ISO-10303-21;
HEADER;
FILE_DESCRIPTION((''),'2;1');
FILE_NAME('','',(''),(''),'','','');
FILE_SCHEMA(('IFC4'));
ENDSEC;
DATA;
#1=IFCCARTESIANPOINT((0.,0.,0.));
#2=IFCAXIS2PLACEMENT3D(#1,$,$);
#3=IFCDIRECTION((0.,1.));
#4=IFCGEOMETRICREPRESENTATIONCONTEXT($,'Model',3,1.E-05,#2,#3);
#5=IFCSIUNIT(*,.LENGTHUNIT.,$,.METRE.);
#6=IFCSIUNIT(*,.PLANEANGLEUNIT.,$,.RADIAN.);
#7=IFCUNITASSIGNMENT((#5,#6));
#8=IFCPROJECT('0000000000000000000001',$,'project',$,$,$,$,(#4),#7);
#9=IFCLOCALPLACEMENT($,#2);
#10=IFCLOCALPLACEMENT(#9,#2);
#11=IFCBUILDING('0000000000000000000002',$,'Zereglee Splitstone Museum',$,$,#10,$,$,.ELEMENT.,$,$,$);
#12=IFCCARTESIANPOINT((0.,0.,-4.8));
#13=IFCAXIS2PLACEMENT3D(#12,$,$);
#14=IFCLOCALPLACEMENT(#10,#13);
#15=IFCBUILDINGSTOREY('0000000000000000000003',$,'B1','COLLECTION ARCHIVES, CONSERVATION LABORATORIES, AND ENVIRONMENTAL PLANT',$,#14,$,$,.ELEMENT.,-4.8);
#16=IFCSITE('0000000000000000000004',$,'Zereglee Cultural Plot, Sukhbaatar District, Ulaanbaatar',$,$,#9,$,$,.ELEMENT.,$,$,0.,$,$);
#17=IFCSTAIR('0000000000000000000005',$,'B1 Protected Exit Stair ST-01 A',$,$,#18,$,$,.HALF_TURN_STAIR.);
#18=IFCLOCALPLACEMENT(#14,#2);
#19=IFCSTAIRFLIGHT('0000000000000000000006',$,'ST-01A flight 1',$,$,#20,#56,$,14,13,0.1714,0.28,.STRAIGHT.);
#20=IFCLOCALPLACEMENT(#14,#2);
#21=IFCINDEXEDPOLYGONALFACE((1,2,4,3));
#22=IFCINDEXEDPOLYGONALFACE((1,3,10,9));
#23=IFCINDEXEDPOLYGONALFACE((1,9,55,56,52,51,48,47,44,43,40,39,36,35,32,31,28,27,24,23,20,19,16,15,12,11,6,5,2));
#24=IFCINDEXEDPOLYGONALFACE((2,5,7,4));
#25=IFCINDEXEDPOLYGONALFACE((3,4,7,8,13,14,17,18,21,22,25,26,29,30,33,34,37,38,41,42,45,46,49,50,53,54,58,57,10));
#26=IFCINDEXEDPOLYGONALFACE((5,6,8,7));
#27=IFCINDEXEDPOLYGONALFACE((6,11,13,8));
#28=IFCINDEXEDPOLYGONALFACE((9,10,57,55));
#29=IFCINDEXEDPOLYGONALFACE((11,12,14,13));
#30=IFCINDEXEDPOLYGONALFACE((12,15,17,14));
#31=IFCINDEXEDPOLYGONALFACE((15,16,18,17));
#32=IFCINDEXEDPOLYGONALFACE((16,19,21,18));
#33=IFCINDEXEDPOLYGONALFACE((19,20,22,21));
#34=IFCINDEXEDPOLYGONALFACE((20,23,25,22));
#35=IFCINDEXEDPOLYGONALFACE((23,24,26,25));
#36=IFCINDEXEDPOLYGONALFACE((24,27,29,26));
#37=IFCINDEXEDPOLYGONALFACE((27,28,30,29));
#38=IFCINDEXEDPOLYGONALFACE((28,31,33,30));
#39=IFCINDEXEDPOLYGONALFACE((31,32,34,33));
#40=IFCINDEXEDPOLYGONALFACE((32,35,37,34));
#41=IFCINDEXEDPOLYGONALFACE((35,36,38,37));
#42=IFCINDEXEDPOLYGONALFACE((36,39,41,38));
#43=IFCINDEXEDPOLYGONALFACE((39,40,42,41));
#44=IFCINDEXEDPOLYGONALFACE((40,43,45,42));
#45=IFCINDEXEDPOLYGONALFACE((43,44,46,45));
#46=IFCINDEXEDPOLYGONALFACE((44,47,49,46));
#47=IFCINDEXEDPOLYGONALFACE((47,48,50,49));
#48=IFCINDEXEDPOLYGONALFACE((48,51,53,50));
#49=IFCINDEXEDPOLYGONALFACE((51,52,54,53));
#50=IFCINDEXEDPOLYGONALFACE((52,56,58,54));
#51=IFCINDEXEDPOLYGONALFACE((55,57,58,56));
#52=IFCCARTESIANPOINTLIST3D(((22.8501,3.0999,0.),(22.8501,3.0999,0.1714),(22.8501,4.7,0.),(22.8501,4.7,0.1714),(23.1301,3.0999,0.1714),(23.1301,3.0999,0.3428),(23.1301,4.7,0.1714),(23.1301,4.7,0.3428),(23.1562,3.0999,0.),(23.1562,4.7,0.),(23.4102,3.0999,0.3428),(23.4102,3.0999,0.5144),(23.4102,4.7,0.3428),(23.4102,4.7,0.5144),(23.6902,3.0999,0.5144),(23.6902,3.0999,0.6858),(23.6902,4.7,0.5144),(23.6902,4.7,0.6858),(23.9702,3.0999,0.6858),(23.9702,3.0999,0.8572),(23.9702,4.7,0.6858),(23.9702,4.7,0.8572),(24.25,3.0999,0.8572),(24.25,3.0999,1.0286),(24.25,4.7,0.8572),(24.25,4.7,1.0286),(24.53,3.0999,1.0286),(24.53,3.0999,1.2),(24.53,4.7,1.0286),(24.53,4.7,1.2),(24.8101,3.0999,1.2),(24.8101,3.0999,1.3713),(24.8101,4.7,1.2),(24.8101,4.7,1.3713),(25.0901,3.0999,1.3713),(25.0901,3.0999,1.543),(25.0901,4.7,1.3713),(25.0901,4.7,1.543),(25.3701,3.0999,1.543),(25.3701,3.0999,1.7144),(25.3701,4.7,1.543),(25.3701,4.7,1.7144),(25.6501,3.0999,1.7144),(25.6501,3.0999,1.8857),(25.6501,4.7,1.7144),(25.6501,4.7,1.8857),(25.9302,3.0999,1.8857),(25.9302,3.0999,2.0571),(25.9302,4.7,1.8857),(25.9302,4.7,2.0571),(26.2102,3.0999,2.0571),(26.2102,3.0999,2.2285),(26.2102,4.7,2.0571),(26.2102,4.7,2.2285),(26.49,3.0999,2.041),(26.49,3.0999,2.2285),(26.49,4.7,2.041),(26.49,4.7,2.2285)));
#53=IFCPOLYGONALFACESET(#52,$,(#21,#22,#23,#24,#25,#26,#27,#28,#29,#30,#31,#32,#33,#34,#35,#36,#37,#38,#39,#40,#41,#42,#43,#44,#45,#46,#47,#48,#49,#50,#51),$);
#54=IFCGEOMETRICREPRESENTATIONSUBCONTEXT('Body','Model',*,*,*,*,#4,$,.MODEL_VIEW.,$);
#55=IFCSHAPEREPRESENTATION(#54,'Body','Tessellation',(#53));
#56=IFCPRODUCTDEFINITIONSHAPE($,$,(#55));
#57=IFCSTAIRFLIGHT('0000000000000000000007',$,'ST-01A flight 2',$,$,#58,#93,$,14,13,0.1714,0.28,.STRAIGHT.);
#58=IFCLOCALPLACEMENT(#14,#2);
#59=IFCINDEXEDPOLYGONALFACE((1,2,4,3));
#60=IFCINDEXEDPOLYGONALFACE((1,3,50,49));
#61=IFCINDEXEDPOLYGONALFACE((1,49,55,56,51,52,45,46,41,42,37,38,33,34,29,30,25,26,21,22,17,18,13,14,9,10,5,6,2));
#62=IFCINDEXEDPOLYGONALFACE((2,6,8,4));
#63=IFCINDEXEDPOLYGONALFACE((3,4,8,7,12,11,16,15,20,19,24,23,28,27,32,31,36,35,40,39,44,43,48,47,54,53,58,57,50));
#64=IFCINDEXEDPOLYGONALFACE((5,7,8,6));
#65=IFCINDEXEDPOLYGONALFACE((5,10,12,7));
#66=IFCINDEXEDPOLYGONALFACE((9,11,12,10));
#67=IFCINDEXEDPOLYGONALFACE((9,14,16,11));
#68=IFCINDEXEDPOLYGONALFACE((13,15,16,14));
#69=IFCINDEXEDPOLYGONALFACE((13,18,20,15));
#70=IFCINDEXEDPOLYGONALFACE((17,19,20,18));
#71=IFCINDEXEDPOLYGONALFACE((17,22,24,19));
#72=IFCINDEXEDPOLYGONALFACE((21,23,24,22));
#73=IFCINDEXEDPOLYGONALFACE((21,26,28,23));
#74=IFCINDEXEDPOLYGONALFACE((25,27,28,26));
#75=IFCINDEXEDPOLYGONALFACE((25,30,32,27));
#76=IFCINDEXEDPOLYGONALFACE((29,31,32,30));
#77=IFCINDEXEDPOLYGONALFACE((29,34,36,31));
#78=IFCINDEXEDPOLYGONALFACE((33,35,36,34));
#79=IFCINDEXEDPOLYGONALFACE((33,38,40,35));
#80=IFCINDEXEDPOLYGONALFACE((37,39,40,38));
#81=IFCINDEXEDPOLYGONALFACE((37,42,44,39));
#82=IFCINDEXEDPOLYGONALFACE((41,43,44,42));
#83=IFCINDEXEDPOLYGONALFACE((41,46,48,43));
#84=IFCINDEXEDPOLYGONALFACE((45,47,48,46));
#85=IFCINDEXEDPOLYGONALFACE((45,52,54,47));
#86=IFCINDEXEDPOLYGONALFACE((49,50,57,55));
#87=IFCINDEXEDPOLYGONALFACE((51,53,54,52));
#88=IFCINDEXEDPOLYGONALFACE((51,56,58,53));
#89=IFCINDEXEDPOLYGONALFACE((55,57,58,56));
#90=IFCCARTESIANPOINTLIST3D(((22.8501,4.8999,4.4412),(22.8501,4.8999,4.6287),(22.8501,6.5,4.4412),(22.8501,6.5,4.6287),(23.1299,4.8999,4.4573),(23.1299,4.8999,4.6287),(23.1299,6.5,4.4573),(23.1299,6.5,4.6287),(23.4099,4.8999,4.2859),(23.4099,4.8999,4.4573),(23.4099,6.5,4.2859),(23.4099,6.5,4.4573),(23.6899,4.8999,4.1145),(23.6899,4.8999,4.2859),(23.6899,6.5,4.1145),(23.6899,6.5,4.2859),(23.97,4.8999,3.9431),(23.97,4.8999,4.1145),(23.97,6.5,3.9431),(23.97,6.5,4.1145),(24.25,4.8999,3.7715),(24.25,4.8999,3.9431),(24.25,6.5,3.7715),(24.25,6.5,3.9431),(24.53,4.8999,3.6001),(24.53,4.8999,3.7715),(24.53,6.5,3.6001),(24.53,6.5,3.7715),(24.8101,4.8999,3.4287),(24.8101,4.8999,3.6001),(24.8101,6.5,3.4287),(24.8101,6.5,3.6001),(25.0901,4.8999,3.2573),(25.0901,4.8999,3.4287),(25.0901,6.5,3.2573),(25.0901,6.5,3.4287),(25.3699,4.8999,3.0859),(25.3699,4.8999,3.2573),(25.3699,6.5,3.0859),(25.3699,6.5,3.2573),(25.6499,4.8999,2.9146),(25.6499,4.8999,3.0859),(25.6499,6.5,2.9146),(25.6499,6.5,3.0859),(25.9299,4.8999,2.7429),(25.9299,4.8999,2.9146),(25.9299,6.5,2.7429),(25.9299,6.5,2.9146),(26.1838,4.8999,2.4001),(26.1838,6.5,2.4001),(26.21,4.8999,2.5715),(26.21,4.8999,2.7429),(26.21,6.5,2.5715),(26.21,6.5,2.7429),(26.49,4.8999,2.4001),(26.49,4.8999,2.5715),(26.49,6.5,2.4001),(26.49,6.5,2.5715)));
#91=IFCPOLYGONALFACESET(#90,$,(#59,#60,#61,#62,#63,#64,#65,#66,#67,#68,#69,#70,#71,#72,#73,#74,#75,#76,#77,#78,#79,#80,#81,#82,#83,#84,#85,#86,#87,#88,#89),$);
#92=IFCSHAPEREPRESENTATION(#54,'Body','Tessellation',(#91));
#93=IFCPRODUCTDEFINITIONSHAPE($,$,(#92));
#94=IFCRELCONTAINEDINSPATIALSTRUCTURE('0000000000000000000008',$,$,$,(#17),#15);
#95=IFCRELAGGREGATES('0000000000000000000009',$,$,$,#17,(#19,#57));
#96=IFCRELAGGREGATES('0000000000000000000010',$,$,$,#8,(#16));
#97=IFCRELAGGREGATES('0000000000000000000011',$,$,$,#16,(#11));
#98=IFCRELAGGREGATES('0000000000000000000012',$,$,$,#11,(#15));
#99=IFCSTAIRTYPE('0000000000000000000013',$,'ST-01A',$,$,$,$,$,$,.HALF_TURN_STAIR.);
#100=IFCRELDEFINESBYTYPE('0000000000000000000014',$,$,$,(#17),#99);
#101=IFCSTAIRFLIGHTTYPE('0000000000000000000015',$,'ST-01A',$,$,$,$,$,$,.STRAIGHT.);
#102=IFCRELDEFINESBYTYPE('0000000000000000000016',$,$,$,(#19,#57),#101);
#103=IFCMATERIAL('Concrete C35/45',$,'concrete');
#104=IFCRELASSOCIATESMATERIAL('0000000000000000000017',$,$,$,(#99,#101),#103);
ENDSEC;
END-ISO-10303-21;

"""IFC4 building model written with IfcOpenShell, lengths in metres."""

from ifc_helpers import new_model, si_unit, direction, frame, origin, place, context, subcontext, project, spatial, polyline, outline, extrude, material, type_object, element, aggregate, save


model = new_model("IFC4")

# Units and contexts
model_context = context("Model", 3, precision=1e-05, world=origin(), true_north=direction((0.0, 1.0)))
body_context = subcontext(model_context, "Body", "Model", "MODEL_VIEW")
ifc_project = project(units=[si_unit("LENGTHUNIT", "METRE"), si_unit("PLANEANGLEUNIT", "RADIAN")], contexts=[model_context])

# Site, building, storey
site_placement = place(None, origin())
site = spatial("IfcSite", under=ifc_project, at=site_placement, Name="Zereglee Cultural Plot, Sukhbaatar District, Ulaanbaatar", CompositionType="ELEMENT", RefElevation=0.0)
building_placement = place(site_placement, origin())
building = spatial("IfcBuilding", under=site, at=building_placement, Name="Zereglee Splitstone Museum", CompositionType="ELEMENT")
storey_placement = place(building_placement, frame((0.0, 0.0, -4.8)))
storey = spatial("IfcBuildingStorey", under=building, at=storey_placement, Name="B1", Description="COLLECTION ARCHIVES, CONSERVATION LABORATORIES, AND ENVIRONMENTAL PLANT", CompositionType="ELEMENT", Elevation=-4.8)

# Stair, stair flights
ifc_material_1 = material(Name="Concrete C35/45", Category="concrete")
stair_type = type_object("IfcStairType", Name="ST-01A", PredefinedType="HALF_TURN_STAIR", material=ifc_material_1)
stair_placement = place(storey_placement, origin())
stair = element("IfcStair", 1, at=stair_placement, inside=storey, type_object=stair_type, Name="B1 Protected Exit Stair ST-01 A", PredefinedType="HALF_TURN_STAIR")
stair_flight_type = type_object("IfcStairFlightType", Name="ST-01A", PredefinedType="STRAIGHT", material=ifc_material_1)
stair_flight_1_placement = place(storey_placement, frame((22.8501, 3.8999, 0.0), z_axis=(0.0, 0.0, 1.0), x_axis=(1.0, 0.0, 0.0)))
stair_flight_1 = element("IfcStairFlight", 2, at=stair_flight_1_placement, type_object=stair_flight_type, Name="ST-01A flight 1", NumberOfRisers=14, NumberOfTreads=13, PredefinedType="STRAIGHT", RiserHeight=0.1714, TreadLength=0.28, context=body_context, shape_type="SweptSolid", body=[
    extrude(outline(polyline([(0.0, 0.0), (0.0, 0.1714), (0.28, 0.1714), (0.28, 0.3428), (0.5601, 0.3428), (0.5601, 0.5144), (0.8401, 0.5144), (0.8401, 0.6858), (1.1201, 0.6858), (1.1201, 0.8572), (1.3999, 0.8572), (1.3999, 1.0286), (1.6799, 1.0286), (1.6799, 1.2), (1.96, 1.2), (1.96, 1.3713), (2.24, 1.3713), (2.24, 1.543), (2.52, 1.543), (2.52, 1.7144), (2.8, 1.7144), (2.8, 1.8857), (3.0801, 1.8857), (3.0801, 2.0571), (3.3601, 2.0571), (3.3601, 2.2285), (3.6399, 2.2285), (3.6399, 2.3999), (3.6399, 2.041), (0.3062, 0.0), (0.0, 0.0)])), frame((0.0, 0.8, 0.0), z_axis=(0.0, -1.0, 0.0), x_axis=(1.0, 0.0, 0.0)), (0.0, 0.0, 1.0), 1.6001),
])
stair_flight_2_placement = place(storey_placement, frame((26.49, 5.7, 2.4001), z_axis=(0.0, 0.0, 1.0), x_axis=(-1.0, 0.0, 0.0)))
stair_flight_2 = element("IfcStairFlight", 3, at=stair_flight_2_placement, type_object=stair_flight_type, Name="ST-01A flight 2", NumberOfRisers=14, NumberOfTreads=13, PredefinedType="STRAIGHT", RiserHeight=0.1714, TreadLength=0.28, context=body_context, shape_type="SweptSolid", body=[
    extrude(outline(polyline([(0.0, 0.0), (0.0, 0.1714), (0.28, 0.1714), (0.28, 0.3428), (0.5601, 0.3428), (0.5601, 0.5144), (0.8401, 0.5144), (0.8401, 0.6858), (1.1201, 0.6858), (1.1201, 0.8572), (1.3999, 0.8572), (1.3999, 1.0286), (1.6799, 1.0286), (1.6799, 1.2), (1.96, 1.2), (1.96, 1.3713), (2.24, 1.3713), (2.24, 1.543), (2.52, 1.543), (2.52, 1.7144), (2.8, 1.7144), (2.8, 1.8857), (3.0801, 1.8857), (3.0801, 2.0571), (3.3601, 2.0571), (3.3601, 2.2285), (3.6399, 2.2285), (3.6399, 2.3999), (3.6399, 2.041), (0.3062, 0.0), (0.0, 0.0)])), frame((0.0, 0.8, 0.0), z_axis=(0.0, -1.0, 0.0), x_axis=(1.0, 0.0, 0.0)), (0.0, 0.0, 1.0), 1.6001),
])
aggregate(stair, [stair_flight_1, stair_flight_2])

save(model, "model.ifc")
